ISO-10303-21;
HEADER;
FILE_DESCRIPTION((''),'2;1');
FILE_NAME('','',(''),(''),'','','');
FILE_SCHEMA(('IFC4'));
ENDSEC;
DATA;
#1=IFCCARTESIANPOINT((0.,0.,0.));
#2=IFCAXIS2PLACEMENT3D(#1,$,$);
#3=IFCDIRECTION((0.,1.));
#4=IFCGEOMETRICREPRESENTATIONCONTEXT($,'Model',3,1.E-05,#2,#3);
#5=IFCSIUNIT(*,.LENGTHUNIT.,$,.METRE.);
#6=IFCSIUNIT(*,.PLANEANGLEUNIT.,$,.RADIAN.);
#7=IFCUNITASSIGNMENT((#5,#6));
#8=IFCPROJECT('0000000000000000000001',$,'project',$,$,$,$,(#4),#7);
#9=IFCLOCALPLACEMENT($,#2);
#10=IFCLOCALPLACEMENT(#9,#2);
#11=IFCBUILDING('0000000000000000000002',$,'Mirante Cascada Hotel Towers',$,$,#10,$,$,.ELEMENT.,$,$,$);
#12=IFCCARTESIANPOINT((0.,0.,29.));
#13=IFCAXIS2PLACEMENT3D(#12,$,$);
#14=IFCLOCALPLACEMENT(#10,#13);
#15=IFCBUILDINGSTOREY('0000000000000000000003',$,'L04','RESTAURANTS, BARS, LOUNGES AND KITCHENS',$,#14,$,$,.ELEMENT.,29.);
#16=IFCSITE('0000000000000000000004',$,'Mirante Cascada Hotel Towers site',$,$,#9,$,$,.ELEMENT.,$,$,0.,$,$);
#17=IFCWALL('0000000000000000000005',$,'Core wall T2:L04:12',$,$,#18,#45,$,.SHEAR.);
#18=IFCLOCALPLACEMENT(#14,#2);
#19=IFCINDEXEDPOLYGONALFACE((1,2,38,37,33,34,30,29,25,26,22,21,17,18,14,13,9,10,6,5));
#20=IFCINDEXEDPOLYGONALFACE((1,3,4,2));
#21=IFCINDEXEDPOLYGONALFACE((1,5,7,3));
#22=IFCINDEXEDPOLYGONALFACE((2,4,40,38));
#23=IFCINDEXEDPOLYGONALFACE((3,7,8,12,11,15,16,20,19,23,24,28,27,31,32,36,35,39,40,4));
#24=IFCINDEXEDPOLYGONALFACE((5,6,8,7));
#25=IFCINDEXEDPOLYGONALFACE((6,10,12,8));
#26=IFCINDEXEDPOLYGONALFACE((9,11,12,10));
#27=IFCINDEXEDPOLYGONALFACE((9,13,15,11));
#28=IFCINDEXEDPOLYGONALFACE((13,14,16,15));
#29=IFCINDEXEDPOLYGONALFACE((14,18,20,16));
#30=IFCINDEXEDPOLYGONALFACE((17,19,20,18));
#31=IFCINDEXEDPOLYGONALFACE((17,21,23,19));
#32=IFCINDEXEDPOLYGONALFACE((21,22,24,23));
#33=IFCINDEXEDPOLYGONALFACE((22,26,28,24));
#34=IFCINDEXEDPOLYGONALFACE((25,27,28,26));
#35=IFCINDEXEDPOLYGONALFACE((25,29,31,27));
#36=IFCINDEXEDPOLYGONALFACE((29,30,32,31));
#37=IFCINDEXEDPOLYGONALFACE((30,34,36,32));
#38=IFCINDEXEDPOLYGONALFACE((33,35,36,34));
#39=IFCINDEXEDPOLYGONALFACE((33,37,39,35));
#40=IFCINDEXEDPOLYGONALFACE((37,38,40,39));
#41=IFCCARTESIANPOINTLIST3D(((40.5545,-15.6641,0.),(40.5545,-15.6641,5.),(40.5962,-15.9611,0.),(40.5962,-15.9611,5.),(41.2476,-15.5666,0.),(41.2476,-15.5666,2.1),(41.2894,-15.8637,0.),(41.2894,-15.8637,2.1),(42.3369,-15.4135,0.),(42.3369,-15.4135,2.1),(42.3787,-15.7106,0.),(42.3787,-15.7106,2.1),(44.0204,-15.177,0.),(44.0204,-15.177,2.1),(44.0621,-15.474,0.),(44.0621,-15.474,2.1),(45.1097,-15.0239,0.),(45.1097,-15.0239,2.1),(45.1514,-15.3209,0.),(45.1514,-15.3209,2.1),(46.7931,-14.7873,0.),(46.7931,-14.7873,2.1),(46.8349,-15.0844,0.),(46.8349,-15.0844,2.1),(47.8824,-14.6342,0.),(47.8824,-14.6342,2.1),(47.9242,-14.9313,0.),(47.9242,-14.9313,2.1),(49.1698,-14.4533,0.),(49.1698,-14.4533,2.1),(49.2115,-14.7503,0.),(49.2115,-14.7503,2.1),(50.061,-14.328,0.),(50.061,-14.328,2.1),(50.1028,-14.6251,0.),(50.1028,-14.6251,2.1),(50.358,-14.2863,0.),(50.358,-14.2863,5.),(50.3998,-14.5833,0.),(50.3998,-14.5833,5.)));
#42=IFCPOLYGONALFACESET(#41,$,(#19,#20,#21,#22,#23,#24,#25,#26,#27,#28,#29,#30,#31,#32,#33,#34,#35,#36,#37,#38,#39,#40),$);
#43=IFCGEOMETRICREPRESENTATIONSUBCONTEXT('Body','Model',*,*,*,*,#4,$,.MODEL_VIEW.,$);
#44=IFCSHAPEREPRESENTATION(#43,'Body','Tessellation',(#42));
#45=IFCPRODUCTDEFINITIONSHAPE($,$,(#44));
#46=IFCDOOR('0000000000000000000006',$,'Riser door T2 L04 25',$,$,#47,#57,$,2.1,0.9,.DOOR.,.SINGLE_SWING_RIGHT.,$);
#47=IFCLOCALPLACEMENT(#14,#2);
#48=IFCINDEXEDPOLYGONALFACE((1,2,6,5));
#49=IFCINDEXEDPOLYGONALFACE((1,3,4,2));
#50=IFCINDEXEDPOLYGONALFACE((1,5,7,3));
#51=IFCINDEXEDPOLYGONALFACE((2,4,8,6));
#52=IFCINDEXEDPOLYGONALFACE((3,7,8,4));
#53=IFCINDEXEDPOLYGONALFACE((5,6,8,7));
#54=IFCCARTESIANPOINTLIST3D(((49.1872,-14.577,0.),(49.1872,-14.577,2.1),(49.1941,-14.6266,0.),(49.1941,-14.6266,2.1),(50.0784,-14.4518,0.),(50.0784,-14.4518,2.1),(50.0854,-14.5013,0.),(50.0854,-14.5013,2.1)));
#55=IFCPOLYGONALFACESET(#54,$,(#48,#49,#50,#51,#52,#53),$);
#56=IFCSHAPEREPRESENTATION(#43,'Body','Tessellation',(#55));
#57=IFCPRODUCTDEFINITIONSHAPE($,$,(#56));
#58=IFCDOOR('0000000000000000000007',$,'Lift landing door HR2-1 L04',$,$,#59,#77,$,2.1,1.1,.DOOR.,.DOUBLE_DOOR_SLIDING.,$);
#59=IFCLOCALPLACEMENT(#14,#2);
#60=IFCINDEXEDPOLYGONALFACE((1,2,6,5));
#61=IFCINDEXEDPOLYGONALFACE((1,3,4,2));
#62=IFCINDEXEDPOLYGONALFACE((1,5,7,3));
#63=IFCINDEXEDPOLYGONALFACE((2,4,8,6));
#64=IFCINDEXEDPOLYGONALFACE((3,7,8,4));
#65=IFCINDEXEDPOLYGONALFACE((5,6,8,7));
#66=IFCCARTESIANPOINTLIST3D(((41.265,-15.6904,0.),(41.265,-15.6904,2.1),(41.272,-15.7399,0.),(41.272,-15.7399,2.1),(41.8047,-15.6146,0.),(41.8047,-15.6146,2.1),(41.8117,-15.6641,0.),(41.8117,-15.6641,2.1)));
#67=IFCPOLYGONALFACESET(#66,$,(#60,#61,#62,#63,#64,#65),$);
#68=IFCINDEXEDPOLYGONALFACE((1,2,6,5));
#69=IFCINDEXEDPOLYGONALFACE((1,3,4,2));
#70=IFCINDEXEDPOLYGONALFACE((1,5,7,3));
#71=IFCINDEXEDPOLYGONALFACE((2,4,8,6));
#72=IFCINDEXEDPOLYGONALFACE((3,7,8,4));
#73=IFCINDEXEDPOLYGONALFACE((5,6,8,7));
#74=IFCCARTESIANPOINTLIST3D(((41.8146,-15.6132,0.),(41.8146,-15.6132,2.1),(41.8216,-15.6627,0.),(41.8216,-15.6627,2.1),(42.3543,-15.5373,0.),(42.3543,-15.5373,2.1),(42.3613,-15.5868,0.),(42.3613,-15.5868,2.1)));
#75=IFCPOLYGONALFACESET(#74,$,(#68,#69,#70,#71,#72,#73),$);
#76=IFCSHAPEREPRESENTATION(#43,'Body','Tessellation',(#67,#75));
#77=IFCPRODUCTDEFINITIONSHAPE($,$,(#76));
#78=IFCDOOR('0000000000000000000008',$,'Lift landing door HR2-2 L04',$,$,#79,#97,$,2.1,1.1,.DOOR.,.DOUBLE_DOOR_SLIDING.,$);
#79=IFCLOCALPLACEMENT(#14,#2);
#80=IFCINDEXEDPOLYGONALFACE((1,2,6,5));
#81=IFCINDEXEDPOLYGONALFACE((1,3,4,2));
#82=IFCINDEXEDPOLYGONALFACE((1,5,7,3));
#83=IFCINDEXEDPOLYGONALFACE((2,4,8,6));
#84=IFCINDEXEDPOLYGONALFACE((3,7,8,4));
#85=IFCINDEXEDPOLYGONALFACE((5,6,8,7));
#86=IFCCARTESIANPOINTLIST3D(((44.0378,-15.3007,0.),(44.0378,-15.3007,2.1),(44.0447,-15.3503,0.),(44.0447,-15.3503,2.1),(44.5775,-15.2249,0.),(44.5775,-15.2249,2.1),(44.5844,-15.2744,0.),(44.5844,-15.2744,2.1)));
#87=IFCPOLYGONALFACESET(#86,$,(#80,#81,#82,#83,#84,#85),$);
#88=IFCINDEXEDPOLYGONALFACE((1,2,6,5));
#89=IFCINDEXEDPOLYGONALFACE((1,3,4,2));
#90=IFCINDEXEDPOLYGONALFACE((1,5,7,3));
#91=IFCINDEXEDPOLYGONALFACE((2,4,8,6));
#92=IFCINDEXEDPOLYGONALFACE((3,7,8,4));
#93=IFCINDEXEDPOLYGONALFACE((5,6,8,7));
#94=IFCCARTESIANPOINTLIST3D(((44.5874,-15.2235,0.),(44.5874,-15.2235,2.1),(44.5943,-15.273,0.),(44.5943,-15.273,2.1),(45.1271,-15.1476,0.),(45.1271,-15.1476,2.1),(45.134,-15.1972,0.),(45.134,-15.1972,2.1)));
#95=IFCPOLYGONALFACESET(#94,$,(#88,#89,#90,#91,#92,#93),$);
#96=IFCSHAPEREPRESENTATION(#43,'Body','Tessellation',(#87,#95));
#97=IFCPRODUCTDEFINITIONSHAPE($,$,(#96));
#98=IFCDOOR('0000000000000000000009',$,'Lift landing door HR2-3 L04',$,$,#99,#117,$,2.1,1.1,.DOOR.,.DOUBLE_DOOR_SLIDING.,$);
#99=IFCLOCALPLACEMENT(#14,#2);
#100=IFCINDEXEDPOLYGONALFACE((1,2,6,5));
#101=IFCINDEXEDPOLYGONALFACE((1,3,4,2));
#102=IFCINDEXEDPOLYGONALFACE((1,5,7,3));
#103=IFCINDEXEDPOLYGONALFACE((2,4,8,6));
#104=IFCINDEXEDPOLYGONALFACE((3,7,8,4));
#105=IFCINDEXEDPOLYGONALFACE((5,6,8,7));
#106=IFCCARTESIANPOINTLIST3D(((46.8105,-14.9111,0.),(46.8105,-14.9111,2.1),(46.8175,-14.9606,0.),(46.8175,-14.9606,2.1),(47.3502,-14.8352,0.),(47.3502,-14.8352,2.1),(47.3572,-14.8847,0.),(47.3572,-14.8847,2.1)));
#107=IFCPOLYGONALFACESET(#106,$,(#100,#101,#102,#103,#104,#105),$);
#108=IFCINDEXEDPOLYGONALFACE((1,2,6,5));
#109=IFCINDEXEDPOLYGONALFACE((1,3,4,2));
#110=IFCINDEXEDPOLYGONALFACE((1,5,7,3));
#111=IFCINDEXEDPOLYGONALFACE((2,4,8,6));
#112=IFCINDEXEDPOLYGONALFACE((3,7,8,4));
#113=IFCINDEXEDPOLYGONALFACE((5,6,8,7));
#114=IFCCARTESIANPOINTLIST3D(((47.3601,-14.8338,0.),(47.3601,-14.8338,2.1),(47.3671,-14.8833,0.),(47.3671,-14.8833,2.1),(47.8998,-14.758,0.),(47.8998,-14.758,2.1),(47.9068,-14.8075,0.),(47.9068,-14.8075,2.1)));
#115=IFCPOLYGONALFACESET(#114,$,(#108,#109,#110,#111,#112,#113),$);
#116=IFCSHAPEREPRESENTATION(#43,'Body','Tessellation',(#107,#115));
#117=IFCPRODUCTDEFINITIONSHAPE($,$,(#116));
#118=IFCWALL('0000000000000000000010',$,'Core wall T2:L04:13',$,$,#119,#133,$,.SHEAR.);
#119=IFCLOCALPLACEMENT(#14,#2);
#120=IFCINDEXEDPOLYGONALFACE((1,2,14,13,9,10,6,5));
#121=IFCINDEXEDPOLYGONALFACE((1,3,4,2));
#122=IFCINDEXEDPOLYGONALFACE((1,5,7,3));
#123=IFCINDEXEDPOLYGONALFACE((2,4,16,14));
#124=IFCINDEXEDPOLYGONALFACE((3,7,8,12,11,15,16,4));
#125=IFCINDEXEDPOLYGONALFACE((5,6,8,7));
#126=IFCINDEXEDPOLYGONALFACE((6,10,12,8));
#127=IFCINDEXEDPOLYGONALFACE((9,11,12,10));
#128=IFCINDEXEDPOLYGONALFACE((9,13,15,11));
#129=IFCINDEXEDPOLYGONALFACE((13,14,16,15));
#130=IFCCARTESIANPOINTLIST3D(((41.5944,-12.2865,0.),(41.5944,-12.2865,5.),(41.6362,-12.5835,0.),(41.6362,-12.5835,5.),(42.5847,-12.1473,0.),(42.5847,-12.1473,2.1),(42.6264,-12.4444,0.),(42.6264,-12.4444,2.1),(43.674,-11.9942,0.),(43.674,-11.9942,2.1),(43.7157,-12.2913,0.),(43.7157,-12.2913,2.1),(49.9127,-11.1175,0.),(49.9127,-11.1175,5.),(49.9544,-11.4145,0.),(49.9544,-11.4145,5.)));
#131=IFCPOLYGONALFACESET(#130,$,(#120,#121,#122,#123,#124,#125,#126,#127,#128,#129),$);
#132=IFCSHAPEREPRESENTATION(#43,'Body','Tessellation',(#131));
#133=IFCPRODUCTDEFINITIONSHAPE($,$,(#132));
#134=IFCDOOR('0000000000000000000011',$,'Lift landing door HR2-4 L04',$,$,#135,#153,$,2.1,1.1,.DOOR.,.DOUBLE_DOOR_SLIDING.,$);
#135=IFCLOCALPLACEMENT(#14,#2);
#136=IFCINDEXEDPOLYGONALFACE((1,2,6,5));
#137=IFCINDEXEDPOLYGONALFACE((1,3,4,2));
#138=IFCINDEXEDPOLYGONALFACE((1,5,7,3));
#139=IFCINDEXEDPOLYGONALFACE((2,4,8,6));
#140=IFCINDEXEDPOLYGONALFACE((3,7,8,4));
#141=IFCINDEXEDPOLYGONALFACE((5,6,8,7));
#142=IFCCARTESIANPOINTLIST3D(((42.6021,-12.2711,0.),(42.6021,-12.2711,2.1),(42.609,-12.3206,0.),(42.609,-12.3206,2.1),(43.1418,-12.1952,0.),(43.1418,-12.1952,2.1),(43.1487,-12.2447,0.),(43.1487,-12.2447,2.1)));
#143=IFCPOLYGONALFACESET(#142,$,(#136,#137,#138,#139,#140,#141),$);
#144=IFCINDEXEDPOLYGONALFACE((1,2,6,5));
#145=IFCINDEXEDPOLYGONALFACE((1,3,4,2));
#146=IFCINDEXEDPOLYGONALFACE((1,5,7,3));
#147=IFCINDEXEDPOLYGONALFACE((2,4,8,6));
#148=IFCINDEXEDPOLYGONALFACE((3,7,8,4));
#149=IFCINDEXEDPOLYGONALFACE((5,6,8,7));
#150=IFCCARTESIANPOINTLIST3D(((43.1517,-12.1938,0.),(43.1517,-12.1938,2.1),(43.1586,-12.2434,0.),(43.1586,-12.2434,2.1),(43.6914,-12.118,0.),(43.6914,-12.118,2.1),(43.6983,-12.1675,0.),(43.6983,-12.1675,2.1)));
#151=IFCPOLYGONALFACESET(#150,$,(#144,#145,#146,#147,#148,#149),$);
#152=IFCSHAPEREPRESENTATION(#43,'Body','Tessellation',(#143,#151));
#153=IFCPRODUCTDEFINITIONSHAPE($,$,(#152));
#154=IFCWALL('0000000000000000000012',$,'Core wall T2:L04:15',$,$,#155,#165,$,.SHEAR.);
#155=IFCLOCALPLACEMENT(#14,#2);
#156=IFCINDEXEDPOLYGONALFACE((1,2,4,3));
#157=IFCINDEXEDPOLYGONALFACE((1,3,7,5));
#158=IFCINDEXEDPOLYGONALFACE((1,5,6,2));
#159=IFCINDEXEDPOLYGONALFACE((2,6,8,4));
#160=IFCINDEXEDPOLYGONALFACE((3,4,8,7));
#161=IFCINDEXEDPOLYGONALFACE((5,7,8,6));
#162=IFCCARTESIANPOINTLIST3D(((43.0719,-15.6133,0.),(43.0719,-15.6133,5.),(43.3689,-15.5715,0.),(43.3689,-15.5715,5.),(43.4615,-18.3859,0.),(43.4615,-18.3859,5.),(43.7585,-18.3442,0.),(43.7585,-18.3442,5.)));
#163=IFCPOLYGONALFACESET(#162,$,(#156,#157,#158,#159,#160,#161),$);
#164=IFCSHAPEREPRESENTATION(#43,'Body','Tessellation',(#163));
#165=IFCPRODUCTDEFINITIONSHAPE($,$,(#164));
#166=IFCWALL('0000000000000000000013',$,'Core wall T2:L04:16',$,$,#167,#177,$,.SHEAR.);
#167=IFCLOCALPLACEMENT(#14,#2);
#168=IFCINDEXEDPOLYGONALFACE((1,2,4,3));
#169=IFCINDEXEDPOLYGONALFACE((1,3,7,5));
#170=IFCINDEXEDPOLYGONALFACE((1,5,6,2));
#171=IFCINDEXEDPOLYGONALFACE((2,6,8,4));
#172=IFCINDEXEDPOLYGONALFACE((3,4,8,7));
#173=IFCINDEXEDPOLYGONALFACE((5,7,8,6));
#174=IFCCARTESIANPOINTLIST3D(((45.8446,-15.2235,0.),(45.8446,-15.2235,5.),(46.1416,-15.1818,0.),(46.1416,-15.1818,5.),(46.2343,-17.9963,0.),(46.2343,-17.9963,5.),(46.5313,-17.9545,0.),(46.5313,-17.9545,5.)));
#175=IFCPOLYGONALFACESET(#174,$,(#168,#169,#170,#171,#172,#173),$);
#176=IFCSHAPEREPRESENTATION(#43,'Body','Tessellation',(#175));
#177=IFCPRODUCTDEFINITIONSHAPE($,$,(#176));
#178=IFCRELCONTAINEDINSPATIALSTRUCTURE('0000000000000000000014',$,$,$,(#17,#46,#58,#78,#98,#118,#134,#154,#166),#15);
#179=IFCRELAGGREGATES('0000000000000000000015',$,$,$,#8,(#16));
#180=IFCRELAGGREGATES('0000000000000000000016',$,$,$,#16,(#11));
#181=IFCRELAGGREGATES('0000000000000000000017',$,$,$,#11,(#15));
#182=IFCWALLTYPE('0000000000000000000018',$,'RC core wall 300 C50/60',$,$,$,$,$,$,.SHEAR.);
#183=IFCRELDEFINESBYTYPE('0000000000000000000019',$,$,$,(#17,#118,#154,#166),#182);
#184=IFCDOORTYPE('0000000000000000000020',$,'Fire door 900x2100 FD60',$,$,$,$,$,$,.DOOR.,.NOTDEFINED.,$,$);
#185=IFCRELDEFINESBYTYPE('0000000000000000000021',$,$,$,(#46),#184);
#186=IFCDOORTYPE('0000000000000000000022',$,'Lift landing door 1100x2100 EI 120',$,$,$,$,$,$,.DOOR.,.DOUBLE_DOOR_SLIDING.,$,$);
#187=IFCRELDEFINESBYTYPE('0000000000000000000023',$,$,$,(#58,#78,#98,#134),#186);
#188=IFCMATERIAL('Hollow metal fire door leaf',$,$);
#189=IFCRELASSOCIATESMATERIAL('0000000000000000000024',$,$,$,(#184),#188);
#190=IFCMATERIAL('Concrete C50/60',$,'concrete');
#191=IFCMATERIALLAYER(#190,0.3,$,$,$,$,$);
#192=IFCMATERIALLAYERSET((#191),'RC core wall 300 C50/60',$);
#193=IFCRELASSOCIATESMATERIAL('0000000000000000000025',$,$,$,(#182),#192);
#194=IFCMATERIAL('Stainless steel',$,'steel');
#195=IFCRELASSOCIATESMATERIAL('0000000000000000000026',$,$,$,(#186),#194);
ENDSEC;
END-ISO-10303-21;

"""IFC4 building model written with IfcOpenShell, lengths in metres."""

from ifc_helpers import new_model, si_unit, direction, frame, frame_2d, origin, place, context, subcontext, project, spatial, rectangle, extrude, material, layer, layer_set, type_object, element, fill, save


model = new_model("IFC4")

# Units and contexts
model_context = context("Model", 3, precision=1e-05, world=origin(), true_north=direction((0.0, 1.0)))
body_context = subcontext(model_context, "Body", "Model", "MODEL_VIEW")
ifc_project = project(units=[si_unit("LENGTHUNIT", "METRE"), si_unit("PLANEANGLEUNIT", "RADIAN")], contexts=[model_context])

# Site, building, storey
site_placement = place(None, origin())
site = spatial("IfcSite", under=ifc_project, at=site_placement, Name="Mirante Cascada Hotel Towers site", CompositionType="ELEMENT", RefElevation=0.0)
building_placement = place(site_placement, origin())
building = spatial("IfcBuilding", under=site, at=building_placement, Name="Mirante Cascada Hotel Towers", CompositionType="ELEMENT")
storey_placement = place(building_placement, frame((0.0, 0.0, 29.0)))
storey = spatial("IfcBuildingStorey", under=building, at=storey_placement, Name="L04", Description="RESTAURANTS, BARS, LOUNGES AND KITCHENS", CompositionType="ELEMENT", Elevation=29.0)

# Shared definitions
ifc_material_1 = material(Name="Hollow metal fire door leaf")
door_type_1 = type_object("IfcDoorType", Name="Fire door 900x2100 FD60", OperationType="NOTDEFINED", PredefinedType="DOOR", material=ifc_material_1)

# Shared definitions
ifc_material_2 = material(Name="Concrete C50/60", Category="concrete")
ifc_layer_1 = layer(ifc_material_2, 0.3)
ifc_layer_set_1 = layer_set([ifc_layer_1], Name="RC core wall 300 C50/60")
wall_type_1 = type_object("IfcWallType", Name="RC core wall 300 C50/60", PredefinedType="SHEAR", material=ifc_layer_set_1)

# Wall, openings, doors
wall_1_placement = place(storey_placement, frame((40.5753, -15.8126, 0.0), z_axis=(0.0, 0.0, 1.0), x_axis=(0.990268, 0.139173, 0.0)))
wall_1 = element("IfcWall", 1, at=wall_1_placement, inside=storey, type_object=wall_type_1, Name="Core wall T2:L04:12", PredefinedType="SHEAR", context=body_context, shape_type="SweptSolid", body=[
    extrude(rectangle(XDim=9.8999, YDim=0.3, at=frame_2d((4.95, 0.0))), origin(), (0.0, 0.0, 1.0), 5.0),
])
opening_1_placement = place(wall_1_placement, frame((0.7, 0.0, 0.0)))
opening_1 = element("IfcOpeningElement", 2, at=opening_1_placement, cuts=wall_1, PredefinedType="OPENING", context=body_context, shape_type="SweptSolid", body=[
    extrude(rectangle(XDim=1.1, YDim=2.1, at=frame_2d((0.55, 1.05))), frame((0.0, 0.15, 0.0), z_axis=(0.0, -1.0, 0.0), x_axis=(1.0, 0.0, 0.0)), (0.0, 0.0, 1.0), 0.3),
])
opening_2_placement = place(wall_1_placement, frame((3.5, 0.0, 0.0)))
opening_2 = element("IfcOpeningElement", 3, at=opening_2_placement, cuts=wall_1, PredefinedType="OPENING", context=body_context, shape_type="SweptSolid", body=[
    extrude(rectangle(XDim=1.1, YDim=2.1, at=frame_2d((0.55, 1.05))), frame((0.0, 0.15, 0.0), z_axis=(0.0, -1.0, 0.0), x_axis=(1.0, 0.0, 0.0)), (0.0, 0.0, 1.0), 0.3),
])
opening_3_placement = place(wall_1_placement, frame((6.3, 0.0, 0.0)))
opening_3 = element("IfcOpeningElement", 4, at=opening_3_placement, cuts=wall_1, PredefinedType="OPENING", context=body_context, shape_type="SweptSolid", body=[
    extrude(rectangle(XDim=1.1, YDim=2.1, at=frame_2d((0.55, 1.05))), frame((0.0, 0.15, 0.0), z_axis=(0.0, -1.0, 0.0), x_axis=(1.0, 0.0, 0.0)), (0.0, 0.0, 1.0), 0.3),
])
opening_4_placement = place(wall_1_placement, frame((8.7, 0.0, 0.0)))
opening_4 = element("IfcOpeningElement", 5, at=opening_4_placement, cuts=wall_1, PredefinedType="OPENING", context=body_context, shape_type="SweptSolid", body=[
    extrude(rectangle(XDim=0.9, YDim=2.1, at=frame_2d((0.45, 1.05))), frame((0.0, 0.15, 0.0), z_axis=(0.0, -1.0, 0.0), x_axis=(1.0, 0.0, 0.0)), (0.0, 0.0, 1.0), 0.3),
])
door_1_placement = place(opening_4_placement, frame((0.9, 0.0, 0.0), z_axis=(0.0, 0.0, 1.0), x_axis=(-1.0, 0.0, 0.0)))
door_1 = element("IfcDoor", 6, at=door_1_placement, inside=storey, type_object=door_type_1, Name="Riser door T2 L04 25", OperationType="SINGLE_SWING_RIGHT", OverallHeight=2.1, OverallWidth=0.9, PredefinedType="DOOR", context=body_context, shape_type="SweptSolid", body=[
    extrude(rectangle(XDim=0.9, YDim=2.1, at=frame_2d((0.45, 1.05))), frame((0.0, 0.025, 0.0), z_axis=(0.0, -1.0, 0.0), x_axis=(1.0, 0.0, 0.0)), (0.0, 0.0, 1.0), 0.05),
])
fill(opening_4, door_1)
ifc_material_3 = material(Name="Stainless steel", Category="steel")
door_type_2 = type_object("IfcDoorType", Name="Lift landing door 1100x2100 EI 120", OperationType="DOUBLE_DOOR_SLIDING", PredefinedType="DOOR", material=ifc_material_3)
door_2_placement = place(opening_1_placement, origin())
door_2 = element("IfcDoor", 7, at=door_2_placement, inside=storey, type_object=door_type_2, Name="Lift landing door HR2-1 L04", OperationType="DOUBLE_DOOR_SLIDING", OverallHeight=2.1, OverallWidth=1.1, PredefinedType="DOOR", context=body_context, shape_type="SweptSolid", body=[
    extrude(rectangle(XDim=0.545, YDim=2.1, at=frame_2d((0.2725, 1.05))), frame((0.0, 0.025, 0.0), z_axis=(0.0, -1.0, 0.0), x_axis=(1.0, 0.0, 0.0)), (0.0, 0.0, 1.0), 0.05),
    extrude(rectangle(XDim=0.545, YDim=2.1, at=frame_2d((0.8275, 1.05))), frame((0.0, 0.025, 0.0), z_axis=(0.0, -1.0, 0.0), x_axis=(1.0, 0.0, 0.0)), (0.0, 0.0, 1.0), 0.05),
])
fill(opening_1, door_2)
door_3_placement = place(opening_2_placement, origin())
door_3 = element("IfcDoor", 8, at=door_3_placement, inside=storey, type_object=door_type_2, Name="Lift landing door HR2-2 L04", OperationType="DOUBLE_DOOR_SLIDING", OverallHeight=2.1, OverallWidth=1.1, PredefinedType="DOOR", context=body_context, shape_type="SweptSolid", body=[
    extrude(rectangle(XDim=0.545, YDim=2.1, at=frame_2d((0.2725, 1.05))), frame((0.0, 0.025, 0.0), z_axis=(0.0, -1.0, 0.0), x_axis=(1.0, 0.0, 0.0)), (0.0, 0.0, 1.0), 0.05),
    extrude(rectangle(XDim=0.545, YDim=2.1, at=frame_2d((0.8275, 1.05))), frame((0.0, 0.025, 0.0), z_axis=(0.0, -1.0, 0.0), x_axis=(1.0, 0.0, 0.0)), (0.0, 0.0, 1.0), 0.05),
])
fill(opening_2, door_3)
door_4_placement = place(opening_3_placement, origin())
door_4 = element("IfcDoor", 9, at=door_4_placement, inside=storey, type_object=door_type_2, Name="Lift landing door HR2-3 L04", OperationType="DOUBLE_DOOR_SLIDING", OverallHeight=2.1, OverallWidth=1.1, PredefinedType="DOOR", context=body_context, shape_type="SweptSolid", body=[
    extrude(rectangle(XDim=0.545, YDim=2.1, at=frame_2d((0.2725, 1.05))), frame((0.0, 0.025, 0.0), z_axis=(0.0, -1.0, 0.0), x_axis=(1.0, 0.0, 0.0)), (0.0, 0.0, 1.0), 0.05),
    extrude(rectangle(XDim=0.545, YDim=2.1, at=frame_2d((0.8275, 1.05))), frame((0.0, 0.025, 0.0), z_axis=(0.0, -1.0, 0.0), x_axis=(1.0, 0.0, 0.0)), (0.0, 0.0, 1.0), 0.05),
])
fill(opening_3, door_4)

# Wall, opening, door
wall_2_placement = place(storey_placement, frame((41.6153, -12.435, 0.0), z_axis=(0.0, 0.0, 1.0), x_axis=(0.990269, 0.139166, 0.0)))
wall_2 = element("IfcWall", 10, at=wall_2_placement, inside=storey, type_object=wall_type_1, Name="Core wall T2:L04:13", PredefinedType="SHEAR", context=body_context, shape_type="SweptSolid", body=[
    extrude(rectangle(XDim=8.4, YDim=0.3, at=frame_2d((4.2, 0.0))), origin(), (0.0, 0.0, 1.0), 5.0),
])
opening_5_placement = place(wall_2_placement, frame((1.0, 0.0, 0.0)))
opening_5 = element("IfcOpeningElement", 11, at=opening_5_placement, cuts=wall_2, PredefinedType="OPENING", context=body_context, shape_type="SweptSolid", body=[
    extrude(rectangle(XDim=1.1, YDim=2.1, at=frame_2d((0.55, 1.05))), frame((0.0, 0.15, 0.0), z_axis=(0.0, -1.0, 0.0), x_axis=(1.0, 0.0, 0.0)), (0.0, 0.0, 1.0), 0.3),
])
door_5_placement = place(opening_5_placement, origin())
door_5 = element("IfcDoor", 12, at=door_5_placement, inside=storey, type_object=door_type_2, Name="Lift landing door HR2-4 L04", OperationType="DOUBLE_DOOR_SLIDING", OverallHeight=2.1, OverallWidth=1.1, PredefinedType="DOOR", context=body_context, shape_type="SweptSolid", body=[
    extrude(rectangle(XDim=0.545, YDim=2.1, at=frame_2d((0.2725, 1.05))), frame((0.0, 0.025, 0.0), z_axis=(0.0, -1.0, 0.0), x_axis=(1.0, 0.0, 0.0)), (0.0, 0.0, 1.0), 0.05),
    extrude(rectangle(XDim=0.545, YDim=2.1, at=frame_2d((0.8275, 1.05))), frame((0.0, 0.025, 0.0), z_axis=(0.0, -1.0, 0.0), x_axis=(1.0, 0.0, 0.0)), (0.0, 0.0, 1.0), 0.05),
])
fill(opening_5, door_5)

# Walls
wall_3_placement = place(storey_placement, frame((43.61, -18.3651, 0.0), z_axis=(0.0, 0.0, 1.0), x_axis=(-0.139146, 0.990272, 0.0)))
element("IfcWall", 13, at=wall_3_placement, inside=storey, type_object=wall_type_1, Name="Core wall T2:L04:15", PredefinedType="SHEAR", context=body_context, shape_type="SweptSolid", body=[
    extrude(rectangle(XDim=2.7999, YDim=0.3, at=frame_2d((1.4, 0.0))), origin(), (0.0, 0.0, 1.0), 5.0),
])
wall_4_placement = place(storey_placement, frame((46.3828, -17.9754, 0.0), z_axis=(0.0, 0.0, 1.0), x_axis=(-0.139181, 0.990267, 0.0)))
element("IfcWall", 14, at=wall_4_placement, inside=storey, type_object=wall_type_1, Name="Core wall T2:L04:16", PredefinedType="SHEAR", context=body_context, shape_type="SweptSolid", body=[
    extrude(rectangle(XDim=2.8, YDim=0.3, at=frame_2d((1.4, 0.0))), origin(), (0.0, 0.0, 1.0), 5.0),
])

save(model, "model.ifc")
